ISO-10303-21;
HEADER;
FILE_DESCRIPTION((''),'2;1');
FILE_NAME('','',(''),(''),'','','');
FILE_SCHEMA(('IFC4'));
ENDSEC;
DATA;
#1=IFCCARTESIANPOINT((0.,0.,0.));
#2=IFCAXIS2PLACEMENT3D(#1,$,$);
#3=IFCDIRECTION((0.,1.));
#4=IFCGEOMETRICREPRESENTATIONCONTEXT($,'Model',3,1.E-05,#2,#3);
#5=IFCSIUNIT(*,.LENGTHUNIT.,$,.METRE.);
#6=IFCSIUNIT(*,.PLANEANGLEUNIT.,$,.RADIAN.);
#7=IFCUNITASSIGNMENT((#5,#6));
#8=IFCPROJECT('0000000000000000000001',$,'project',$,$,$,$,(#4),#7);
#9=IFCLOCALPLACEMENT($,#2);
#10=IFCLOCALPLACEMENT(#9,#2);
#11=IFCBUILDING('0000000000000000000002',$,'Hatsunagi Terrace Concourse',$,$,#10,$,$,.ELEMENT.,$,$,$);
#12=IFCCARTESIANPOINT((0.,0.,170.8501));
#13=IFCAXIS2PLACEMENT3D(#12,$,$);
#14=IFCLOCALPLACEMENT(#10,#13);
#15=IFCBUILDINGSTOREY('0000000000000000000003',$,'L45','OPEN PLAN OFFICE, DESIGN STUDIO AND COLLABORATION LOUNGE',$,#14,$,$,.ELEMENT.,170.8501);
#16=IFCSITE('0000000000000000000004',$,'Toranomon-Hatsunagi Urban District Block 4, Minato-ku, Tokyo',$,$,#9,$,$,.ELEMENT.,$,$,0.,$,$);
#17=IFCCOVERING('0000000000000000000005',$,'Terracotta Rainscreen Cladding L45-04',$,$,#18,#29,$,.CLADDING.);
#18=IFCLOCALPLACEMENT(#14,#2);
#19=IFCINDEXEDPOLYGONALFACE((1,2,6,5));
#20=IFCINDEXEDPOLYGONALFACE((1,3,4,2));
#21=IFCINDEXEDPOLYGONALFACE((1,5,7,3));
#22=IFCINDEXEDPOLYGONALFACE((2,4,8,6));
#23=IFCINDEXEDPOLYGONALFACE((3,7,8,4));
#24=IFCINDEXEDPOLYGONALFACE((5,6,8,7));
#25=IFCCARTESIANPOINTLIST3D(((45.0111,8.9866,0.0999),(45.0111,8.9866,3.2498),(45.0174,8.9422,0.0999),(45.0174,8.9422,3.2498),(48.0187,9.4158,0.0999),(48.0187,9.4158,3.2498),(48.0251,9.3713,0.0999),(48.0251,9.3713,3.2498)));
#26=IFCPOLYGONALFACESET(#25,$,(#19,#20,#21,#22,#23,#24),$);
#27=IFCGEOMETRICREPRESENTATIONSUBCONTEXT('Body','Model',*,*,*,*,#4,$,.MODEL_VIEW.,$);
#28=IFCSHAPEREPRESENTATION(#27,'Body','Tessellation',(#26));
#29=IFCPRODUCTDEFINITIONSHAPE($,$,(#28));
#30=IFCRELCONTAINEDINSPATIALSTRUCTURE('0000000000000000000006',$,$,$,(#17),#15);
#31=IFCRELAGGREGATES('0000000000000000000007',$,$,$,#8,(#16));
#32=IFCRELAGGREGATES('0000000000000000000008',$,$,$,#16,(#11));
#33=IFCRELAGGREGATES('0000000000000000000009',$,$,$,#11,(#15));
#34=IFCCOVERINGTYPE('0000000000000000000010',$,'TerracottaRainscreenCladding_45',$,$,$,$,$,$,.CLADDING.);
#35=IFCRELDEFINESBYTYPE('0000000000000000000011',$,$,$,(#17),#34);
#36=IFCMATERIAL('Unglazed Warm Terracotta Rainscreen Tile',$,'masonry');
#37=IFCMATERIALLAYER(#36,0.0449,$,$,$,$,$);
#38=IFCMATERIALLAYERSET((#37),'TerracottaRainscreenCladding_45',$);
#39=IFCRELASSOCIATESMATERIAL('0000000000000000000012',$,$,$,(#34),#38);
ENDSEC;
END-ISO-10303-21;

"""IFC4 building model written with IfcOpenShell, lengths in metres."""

from ifc_helpers import new_model, si_unit, direction, frame, origin, origin_2d, place, context, subcontext, project, spatial, rectangle, extrude, material, layer, layer_set, type_object, element, save


model = new_model("IFC4")

# Units and contexts
model_context = context("Model", 3, precision=1e-05, world=origin(), true_north=direction((0.0, 1.0)))
body_context = subcontext(model_context, "Body", "Model", "MODEL_VIEW")
ifc_project = project(units=[si_unit("LENGTHUNIT", "METRE"), si_unit("PLANEANGLEUNIT", "RADIAN")], contexts=[model_context])

# Site, building, storey
site_placement = place(None, origin())
site = spatial("IfcSite", under=ifc_project, at=site_placement, Name="Toranomon-Hatsunagi Urban District Block 4, Minato-ku, Tokyo", CompositionType="ELEMENT", RefElevation=0.0)
building_placement = place(site_placement, origin())
building = spatial("IfcBuilding", under=site, at=building_placement, Name="Hatsunagi Terrace Concourse", CompositionType="ELEMENT")
storey_placement = place(building_placement, frame((0.0, 0.0, 170.8501)))
storey = spatial("IfcBuildingStorey", under=building, at=storey_placement, Name="L45", Description="OPEN PLAN OFFICE, DESIGN STUDIO AND COLLABORATION LOUNGE", CompositionType="ELEMENT", Elevation=170.8501)

# Covering
ifc_material_1 = material(Name="Unglazed Warm Terracotta Rainscreen Tile", Category="masonry")
ifc_layer_1 = layer(ifc_material_1, 0.0449)
ifc_layer_set_1 = layer_set([ifc_layer_1], Name="TerracottaRainscreenCladding_45")
covering_type = type_object("IfcCoveringType", Name="TerracottaRainscreenCladding_45", PredefinedType="CLADDING", material=ifc_layer_set_1)
covering_placement = place(storey_placement, frame((46.5181, 9.179, 0.0999), z_axis=(0.0, 0.0, 1.0), x_axis=(-0.989974, -0.14125, 0.0)))
element("IfcCovering", 1, at=covering_placement, inside=storey, type_object=covering_type, Name="Terracotta Rainscreen Cladding L45-04", PredefinedType="CLADDING", context=body_context, shape_type="SweptSolid", body=[
    extrude(rectangle(XDim=3.0381, YDim=0.0449, at=origin_2d()), origin(), (0.0, 0.0, 1.0), 3.1499),
])

save(model, "model.ifc")
